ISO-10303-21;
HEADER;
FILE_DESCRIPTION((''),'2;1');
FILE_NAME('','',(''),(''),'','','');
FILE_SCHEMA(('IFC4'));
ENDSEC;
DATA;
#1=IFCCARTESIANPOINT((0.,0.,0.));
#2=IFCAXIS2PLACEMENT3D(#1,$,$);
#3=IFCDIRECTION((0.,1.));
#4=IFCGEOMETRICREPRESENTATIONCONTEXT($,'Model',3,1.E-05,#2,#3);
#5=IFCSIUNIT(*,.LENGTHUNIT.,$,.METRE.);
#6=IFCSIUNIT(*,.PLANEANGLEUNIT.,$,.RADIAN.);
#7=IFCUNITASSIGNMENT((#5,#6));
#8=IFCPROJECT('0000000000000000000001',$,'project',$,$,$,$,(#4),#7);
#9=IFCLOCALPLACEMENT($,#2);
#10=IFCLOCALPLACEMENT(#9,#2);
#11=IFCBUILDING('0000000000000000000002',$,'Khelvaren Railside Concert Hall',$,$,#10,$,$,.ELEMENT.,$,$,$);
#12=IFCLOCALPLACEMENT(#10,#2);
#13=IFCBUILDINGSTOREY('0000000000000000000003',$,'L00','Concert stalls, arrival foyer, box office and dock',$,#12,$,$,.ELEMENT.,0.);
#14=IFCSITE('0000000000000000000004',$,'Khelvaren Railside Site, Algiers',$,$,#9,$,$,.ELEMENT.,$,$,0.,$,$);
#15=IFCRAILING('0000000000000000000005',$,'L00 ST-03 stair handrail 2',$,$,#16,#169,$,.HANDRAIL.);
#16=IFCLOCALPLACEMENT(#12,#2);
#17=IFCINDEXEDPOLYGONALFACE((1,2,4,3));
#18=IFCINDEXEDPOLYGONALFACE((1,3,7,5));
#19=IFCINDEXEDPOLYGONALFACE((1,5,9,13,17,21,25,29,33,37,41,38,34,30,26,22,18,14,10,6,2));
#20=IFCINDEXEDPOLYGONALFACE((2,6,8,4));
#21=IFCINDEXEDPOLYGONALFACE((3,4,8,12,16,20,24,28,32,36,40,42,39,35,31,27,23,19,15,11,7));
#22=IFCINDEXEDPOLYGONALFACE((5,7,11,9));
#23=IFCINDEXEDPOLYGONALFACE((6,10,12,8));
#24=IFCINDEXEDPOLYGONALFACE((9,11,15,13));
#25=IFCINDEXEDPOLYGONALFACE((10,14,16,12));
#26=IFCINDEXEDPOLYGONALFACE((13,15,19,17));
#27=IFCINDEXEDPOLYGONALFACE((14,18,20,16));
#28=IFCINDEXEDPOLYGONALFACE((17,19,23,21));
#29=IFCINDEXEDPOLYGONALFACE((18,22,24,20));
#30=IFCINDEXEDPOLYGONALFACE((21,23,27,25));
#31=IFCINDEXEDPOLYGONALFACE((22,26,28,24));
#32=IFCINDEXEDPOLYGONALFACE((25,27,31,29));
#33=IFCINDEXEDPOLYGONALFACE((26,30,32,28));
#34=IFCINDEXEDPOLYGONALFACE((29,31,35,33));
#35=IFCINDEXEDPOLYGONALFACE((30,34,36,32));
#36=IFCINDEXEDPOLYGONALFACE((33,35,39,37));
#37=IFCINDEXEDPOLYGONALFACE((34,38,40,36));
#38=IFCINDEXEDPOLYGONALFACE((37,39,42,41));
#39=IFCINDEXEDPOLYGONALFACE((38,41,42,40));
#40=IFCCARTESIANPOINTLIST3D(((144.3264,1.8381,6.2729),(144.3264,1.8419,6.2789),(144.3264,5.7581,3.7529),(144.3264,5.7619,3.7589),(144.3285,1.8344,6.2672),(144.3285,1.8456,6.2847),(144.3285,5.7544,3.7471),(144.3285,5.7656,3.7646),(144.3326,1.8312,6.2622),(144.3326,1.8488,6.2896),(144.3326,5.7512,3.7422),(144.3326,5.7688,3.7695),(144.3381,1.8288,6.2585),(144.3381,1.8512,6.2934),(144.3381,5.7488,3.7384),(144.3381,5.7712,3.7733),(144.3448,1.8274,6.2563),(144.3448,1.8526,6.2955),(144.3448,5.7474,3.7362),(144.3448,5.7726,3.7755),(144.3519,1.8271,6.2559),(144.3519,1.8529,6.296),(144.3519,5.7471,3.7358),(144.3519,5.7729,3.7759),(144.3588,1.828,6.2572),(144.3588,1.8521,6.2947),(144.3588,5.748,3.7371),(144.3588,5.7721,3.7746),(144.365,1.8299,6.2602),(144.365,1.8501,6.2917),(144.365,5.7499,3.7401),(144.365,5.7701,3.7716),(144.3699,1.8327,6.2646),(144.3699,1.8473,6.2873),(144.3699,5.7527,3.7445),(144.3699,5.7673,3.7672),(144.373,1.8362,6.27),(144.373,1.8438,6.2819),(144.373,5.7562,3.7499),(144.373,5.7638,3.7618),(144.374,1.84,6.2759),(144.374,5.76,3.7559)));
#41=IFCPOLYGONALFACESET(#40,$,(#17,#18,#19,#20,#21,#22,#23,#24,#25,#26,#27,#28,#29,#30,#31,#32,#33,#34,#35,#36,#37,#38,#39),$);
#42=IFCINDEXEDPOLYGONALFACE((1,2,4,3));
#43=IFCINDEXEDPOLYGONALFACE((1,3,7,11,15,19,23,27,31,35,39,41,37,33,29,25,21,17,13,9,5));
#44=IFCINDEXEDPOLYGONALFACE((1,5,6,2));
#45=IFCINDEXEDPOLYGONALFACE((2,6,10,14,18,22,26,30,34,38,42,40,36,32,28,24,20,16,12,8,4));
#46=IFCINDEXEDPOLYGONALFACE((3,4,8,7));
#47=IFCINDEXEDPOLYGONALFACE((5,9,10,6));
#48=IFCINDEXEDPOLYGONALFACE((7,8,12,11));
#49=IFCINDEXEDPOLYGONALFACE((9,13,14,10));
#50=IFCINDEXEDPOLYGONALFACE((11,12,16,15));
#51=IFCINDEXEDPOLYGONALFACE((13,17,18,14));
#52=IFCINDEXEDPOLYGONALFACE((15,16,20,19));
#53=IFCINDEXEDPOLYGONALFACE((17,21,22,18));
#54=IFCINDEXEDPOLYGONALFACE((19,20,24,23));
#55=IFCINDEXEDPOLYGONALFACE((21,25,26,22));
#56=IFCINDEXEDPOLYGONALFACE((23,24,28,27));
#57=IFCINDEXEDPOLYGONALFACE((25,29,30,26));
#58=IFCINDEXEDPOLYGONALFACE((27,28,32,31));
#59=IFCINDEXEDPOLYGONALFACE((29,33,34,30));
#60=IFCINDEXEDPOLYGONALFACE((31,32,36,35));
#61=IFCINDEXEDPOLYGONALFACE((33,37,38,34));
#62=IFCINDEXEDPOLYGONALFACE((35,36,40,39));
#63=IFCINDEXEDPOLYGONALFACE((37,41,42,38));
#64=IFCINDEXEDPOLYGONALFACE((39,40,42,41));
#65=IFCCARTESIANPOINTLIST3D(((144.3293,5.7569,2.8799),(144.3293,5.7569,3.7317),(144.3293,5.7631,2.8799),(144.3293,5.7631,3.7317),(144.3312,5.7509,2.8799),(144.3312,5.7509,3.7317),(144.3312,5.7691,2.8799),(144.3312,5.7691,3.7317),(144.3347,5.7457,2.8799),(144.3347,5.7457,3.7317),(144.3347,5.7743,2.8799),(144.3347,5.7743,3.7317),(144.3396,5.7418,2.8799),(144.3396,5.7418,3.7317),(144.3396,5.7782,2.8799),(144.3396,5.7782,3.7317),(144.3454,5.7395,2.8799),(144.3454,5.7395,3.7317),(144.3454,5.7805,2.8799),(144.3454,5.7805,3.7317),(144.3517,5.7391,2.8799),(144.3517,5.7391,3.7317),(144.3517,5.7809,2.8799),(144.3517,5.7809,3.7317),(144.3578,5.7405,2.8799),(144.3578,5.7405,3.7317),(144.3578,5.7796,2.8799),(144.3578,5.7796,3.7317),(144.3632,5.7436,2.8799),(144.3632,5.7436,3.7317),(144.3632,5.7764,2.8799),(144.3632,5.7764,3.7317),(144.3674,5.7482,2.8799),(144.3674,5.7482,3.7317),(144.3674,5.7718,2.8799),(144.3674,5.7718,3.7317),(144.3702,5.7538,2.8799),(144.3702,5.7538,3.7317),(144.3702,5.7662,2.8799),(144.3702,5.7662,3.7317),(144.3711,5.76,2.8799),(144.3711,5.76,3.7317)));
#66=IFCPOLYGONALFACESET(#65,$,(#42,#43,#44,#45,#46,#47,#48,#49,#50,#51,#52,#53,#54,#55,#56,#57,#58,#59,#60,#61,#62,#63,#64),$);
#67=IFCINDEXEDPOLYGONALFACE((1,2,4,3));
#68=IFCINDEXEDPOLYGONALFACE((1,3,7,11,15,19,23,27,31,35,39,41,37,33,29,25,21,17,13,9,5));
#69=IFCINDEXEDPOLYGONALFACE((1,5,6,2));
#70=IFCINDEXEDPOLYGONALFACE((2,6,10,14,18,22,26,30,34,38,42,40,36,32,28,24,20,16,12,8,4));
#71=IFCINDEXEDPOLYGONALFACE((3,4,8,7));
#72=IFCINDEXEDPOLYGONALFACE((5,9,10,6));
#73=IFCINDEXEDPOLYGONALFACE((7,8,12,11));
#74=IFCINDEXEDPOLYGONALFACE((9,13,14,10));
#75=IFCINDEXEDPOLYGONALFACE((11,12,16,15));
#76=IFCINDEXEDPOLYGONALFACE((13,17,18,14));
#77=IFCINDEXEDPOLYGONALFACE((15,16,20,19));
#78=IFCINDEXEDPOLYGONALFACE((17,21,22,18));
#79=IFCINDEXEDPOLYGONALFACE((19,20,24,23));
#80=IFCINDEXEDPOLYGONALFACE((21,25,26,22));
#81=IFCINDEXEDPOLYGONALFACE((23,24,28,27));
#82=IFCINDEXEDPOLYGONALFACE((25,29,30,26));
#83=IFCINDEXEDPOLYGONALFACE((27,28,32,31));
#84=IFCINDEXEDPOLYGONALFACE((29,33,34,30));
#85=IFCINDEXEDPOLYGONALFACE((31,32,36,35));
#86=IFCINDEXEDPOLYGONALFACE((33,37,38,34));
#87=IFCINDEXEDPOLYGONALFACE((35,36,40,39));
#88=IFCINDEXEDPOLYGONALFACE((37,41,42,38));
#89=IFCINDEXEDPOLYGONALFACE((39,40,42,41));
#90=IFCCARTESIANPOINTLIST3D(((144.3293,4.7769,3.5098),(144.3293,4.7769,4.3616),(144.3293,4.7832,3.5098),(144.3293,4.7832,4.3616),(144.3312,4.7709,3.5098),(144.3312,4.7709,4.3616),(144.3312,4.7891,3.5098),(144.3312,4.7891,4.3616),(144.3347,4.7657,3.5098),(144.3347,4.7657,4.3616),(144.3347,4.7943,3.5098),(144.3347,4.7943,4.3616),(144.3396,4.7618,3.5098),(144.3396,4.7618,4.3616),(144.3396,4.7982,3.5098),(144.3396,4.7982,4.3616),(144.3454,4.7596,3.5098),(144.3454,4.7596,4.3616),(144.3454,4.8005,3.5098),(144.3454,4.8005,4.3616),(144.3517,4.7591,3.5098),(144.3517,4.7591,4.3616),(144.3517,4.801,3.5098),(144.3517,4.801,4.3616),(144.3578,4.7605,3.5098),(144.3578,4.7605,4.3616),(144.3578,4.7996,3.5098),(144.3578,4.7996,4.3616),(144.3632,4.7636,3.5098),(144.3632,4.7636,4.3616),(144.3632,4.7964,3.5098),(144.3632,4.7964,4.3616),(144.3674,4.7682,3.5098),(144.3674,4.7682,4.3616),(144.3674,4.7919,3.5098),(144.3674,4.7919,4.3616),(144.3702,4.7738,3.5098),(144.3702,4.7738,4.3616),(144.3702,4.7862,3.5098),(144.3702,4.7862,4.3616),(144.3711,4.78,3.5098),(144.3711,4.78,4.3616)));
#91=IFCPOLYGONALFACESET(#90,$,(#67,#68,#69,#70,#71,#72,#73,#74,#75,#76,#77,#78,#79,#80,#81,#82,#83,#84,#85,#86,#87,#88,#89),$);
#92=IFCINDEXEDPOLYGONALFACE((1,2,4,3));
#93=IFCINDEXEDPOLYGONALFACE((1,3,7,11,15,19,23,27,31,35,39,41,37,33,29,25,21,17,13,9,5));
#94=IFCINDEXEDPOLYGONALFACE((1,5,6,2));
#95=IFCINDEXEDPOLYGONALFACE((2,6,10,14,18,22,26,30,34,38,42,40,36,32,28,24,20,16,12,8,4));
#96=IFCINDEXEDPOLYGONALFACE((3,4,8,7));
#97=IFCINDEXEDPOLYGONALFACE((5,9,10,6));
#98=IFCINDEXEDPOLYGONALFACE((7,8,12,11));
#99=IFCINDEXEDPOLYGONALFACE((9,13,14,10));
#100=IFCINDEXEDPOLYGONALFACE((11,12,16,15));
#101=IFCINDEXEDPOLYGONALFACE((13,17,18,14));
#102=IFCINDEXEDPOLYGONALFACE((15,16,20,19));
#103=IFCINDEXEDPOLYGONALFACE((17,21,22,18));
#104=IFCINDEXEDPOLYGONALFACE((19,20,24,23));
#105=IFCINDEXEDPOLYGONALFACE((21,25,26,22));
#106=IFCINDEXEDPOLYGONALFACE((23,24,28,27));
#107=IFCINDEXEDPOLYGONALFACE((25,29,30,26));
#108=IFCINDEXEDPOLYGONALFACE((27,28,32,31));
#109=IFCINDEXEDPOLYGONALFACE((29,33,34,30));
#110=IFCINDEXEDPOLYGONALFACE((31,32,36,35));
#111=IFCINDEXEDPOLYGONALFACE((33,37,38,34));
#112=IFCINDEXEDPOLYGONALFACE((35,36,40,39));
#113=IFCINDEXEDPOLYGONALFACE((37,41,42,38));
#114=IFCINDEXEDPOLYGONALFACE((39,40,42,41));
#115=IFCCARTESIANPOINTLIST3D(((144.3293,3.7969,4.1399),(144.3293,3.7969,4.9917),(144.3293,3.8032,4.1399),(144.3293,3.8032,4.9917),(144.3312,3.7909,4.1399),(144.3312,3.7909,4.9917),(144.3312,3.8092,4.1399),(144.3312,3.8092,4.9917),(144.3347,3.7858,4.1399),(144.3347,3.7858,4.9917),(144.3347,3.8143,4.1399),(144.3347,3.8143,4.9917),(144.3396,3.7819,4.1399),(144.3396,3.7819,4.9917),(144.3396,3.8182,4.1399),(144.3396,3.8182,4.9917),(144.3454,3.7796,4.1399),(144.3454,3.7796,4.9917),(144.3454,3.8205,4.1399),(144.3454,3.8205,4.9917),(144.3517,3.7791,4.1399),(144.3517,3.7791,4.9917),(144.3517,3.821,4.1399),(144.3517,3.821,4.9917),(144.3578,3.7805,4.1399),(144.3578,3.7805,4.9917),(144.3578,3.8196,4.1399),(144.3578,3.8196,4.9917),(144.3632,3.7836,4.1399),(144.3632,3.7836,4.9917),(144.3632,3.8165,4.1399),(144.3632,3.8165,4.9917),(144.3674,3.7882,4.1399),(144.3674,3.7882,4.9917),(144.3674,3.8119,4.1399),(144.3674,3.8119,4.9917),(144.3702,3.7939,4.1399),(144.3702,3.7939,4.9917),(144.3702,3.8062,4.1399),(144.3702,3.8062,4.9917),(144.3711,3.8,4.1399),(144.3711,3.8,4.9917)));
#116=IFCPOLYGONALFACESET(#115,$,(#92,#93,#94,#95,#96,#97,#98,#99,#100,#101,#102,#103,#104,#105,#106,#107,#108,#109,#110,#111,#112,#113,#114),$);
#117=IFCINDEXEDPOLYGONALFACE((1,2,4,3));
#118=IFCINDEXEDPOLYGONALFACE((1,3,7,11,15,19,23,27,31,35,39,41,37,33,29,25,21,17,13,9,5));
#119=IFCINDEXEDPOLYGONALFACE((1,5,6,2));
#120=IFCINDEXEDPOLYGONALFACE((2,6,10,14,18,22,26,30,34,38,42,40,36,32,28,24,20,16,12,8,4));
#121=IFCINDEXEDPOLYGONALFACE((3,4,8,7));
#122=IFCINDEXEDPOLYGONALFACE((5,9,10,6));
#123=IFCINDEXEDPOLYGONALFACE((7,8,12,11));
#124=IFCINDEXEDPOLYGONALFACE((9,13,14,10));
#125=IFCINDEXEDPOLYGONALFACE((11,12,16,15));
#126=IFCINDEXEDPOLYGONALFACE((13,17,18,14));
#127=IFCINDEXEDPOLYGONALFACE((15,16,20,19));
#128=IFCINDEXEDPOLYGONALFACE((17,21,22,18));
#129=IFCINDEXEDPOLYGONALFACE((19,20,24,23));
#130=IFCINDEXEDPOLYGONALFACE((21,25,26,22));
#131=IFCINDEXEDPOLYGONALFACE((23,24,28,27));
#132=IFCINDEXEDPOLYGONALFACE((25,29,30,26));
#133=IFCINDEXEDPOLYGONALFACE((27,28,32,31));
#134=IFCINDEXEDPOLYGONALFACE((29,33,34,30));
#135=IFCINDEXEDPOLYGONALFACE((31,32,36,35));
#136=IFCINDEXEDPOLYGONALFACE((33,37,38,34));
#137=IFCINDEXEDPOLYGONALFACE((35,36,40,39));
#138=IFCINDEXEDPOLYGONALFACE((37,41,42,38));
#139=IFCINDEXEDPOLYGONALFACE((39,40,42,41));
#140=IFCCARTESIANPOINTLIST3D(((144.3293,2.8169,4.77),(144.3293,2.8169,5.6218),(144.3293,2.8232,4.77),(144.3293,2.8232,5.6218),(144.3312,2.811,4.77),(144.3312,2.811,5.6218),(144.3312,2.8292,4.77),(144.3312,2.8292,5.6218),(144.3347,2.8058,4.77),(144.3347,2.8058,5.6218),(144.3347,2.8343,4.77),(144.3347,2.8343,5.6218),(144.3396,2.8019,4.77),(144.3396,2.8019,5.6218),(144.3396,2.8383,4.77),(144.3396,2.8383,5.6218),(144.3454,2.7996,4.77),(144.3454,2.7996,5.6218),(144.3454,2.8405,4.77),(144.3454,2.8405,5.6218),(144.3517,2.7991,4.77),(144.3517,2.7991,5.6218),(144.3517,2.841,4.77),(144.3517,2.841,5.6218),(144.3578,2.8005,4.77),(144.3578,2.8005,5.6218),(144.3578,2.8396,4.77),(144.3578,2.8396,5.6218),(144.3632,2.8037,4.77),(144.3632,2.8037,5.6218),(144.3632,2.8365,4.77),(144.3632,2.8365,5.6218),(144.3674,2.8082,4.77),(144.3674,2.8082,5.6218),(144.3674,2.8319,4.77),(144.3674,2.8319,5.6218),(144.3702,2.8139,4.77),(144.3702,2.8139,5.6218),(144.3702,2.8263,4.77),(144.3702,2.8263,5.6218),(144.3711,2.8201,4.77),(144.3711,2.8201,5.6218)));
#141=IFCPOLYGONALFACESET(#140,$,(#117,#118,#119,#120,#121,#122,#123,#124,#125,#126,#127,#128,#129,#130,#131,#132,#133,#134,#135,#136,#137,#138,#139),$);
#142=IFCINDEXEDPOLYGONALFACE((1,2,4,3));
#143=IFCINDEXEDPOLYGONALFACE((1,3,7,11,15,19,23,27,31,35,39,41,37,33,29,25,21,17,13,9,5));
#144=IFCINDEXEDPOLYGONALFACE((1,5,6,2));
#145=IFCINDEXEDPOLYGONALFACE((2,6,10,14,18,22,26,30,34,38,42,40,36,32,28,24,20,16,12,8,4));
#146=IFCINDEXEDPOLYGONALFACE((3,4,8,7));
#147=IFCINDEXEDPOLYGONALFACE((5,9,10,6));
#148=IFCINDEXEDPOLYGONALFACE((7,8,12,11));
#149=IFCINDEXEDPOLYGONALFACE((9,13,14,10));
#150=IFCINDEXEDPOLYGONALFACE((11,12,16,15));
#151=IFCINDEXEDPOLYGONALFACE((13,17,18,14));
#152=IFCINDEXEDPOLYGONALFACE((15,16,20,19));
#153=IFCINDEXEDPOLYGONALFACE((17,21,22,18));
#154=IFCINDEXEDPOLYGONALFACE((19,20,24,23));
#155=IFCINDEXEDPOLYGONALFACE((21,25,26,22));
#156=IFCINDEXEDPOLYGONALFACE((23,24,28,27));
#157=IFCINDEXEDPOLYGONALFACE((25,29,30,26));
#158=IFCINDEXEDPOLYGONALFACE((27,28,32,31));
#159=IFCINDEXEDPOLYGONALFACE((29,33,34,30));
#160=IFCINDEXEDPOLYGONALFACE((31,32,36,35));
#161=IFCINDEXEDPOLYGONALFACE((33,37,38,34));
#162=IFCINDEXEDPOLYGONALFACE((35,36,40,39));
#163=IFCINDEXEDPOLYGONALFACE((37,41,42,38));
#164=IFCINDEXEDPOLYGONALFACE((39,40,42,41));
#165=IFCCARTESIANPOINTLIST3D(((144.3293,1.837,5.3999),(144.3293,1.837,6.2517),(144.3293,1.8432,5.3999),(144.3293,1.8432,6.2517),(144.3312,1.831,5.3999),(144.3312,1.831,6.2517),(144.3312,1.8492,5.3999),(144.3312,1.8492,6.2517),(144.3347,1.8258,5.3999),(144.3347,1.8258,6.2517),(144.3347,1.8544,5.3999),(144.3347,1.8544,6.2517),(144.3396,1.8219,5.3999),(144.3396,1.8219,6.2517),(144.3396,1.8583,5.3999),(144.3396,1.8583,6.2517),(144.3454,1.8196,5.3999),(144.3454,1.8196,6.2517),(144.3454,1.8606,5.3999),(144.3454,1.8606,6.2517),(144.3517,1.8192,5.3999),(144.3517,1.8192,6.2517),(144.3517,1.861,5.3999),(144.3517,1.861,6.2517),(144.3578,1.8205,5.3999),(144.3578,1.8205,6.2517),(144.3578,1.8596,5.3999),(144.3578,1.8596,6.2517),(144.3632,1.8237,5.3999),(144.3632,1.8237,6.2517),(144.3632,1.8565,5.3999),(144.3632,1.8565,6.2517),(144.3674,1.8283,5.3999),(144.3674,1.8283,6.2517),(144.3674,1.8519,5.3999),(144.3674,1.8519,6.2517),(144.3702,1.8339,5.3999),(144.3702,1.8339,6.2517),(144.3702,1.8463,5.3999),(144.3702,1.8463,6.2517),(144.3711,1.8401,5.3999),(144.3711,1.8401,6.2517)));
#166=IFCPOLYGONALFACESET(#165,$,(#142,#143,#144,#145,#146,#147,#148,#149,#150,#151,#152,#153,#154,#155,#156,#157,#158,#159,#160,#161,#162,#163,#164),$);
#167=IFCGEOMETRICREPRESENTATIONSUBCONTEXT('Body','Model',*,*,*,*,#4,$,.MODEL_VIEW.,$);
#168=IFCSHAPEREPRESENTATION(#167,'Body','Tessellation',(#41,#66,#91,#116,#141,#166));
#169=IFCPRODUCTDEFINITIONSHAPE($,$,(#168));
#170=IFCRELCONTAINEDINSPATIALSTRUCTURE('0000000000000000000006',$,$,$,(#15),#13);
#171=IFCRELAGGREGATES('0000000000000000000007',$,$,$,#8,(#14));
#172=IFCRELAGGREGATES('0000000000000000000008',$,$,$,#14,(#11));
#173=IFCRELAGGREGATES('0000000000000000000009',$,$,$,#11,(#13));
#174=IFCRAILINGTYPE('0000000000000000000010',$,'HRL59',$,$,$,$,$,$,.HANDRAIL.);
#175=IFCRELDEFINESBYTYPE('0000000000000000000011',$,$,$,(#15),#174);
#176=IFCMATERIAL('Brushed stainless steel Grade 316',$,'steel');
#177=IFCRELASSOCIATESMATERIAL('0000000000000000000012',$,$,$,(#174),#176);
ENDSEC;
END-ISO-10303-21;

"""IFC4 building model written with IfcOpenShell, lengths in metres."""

from ifc_helpers import new_model, si_unit, direction, frame, origin, origin_2d, place, context, subcontext, project, spatial, circle, extrude, material, type_object, element, save


model = new_model("IFC4")

# Units and contexts
model_context = context("Model", 3, precision=1e-05, world=origin(), true_north=direction((0.0, 1.0)))
body_context = subcontext(model_context, "Body", "Model", "MODEL_VIEW")
ifc_project = project(units=[si_unit("LENGTHUNIT", "METRE"), si_unit("PLANEANGLEUNIT", "RADIAN")], contexts=[model_context])

# Site, building, storey
site_placement = place(None, origin())
site = spatial("IfcSite", under=ifc_project, at=site_placement, Name="Khelvaren Railside Site, Algiers", CompositionType="ELEMENT", RefElevation=0.0)
building_placement = place(site_placement, origin())
building = spatial("IfcBuilding", under=site, at=building_placement, Name="Khelvaren Railside Concert Hall", CompositionType="ELEMENT")
storey_placement = place(building_placement, origin())
storey = spatial("IfcBuildingStorey", under=building, at=storey_placement, Name="L00", Description="Concert stalls, arrival foyer, box office and dock", CompositionType="ELEMENT", Elevation=0.0)

# Railing
ifc_material_1 = material(Name="Brushed stainless steel Grade 316", Category="steel")
railing_type_1 = type_object("IfcRailingType", Name="HRL59", PredefinedType="HANDRAIL", material=ifc_material_1)
railing_1_placement = place(storey_placement, frame((144.3501, 5.76, 2.8799)))
element("IfcRailing", 1, at=railing_1_placement, inside=storey, type_object=railing_type_1, Name="L00 ST-03 stair handrail 2", PredefinedType="HANDRAIL", context=body_context, shape_type="SweptSolid", body=[
    extrude(circle(Radius=0.0239, at=origin_2d()), frame((0.0, 0.0, 0.876), z_axis=(0.0, -0.841172, 0.540768), x_axis=(1.0, 0.0, 0.0)), (0.0, 0.0, 1.0), 4.6602),
    extrude(circle(Radius=0.021, at=origin_2d()), origin(), (0.0, 0.0, 1.0), 0.8518),
    extrude(circle(Radius=0.021, at=origin_2d()), frame((0.0, -0.98, 0.6299)), (0.0, 0.0, 1.0), 0.8518),
    extrude(circle(Radius=0.021, at=origin_2d()), frame((0.0, -1.96, 1.26)), (0.0, 0.0, 1.0), 0.8518),
    extrude(circle(Radius=0.021, at=origin_2d()), frame((0.0, -2.9399, 1.8901)), (0.0, 0.0, 1.0), 0.8518),
    extrude(circle(Radius=0.021, at=origin_2d()), frame((0.0, -3.9199, 2.52)), (0.0, 0.0, 1.0), 0.8518),
])

save(model, "model.ifc")
